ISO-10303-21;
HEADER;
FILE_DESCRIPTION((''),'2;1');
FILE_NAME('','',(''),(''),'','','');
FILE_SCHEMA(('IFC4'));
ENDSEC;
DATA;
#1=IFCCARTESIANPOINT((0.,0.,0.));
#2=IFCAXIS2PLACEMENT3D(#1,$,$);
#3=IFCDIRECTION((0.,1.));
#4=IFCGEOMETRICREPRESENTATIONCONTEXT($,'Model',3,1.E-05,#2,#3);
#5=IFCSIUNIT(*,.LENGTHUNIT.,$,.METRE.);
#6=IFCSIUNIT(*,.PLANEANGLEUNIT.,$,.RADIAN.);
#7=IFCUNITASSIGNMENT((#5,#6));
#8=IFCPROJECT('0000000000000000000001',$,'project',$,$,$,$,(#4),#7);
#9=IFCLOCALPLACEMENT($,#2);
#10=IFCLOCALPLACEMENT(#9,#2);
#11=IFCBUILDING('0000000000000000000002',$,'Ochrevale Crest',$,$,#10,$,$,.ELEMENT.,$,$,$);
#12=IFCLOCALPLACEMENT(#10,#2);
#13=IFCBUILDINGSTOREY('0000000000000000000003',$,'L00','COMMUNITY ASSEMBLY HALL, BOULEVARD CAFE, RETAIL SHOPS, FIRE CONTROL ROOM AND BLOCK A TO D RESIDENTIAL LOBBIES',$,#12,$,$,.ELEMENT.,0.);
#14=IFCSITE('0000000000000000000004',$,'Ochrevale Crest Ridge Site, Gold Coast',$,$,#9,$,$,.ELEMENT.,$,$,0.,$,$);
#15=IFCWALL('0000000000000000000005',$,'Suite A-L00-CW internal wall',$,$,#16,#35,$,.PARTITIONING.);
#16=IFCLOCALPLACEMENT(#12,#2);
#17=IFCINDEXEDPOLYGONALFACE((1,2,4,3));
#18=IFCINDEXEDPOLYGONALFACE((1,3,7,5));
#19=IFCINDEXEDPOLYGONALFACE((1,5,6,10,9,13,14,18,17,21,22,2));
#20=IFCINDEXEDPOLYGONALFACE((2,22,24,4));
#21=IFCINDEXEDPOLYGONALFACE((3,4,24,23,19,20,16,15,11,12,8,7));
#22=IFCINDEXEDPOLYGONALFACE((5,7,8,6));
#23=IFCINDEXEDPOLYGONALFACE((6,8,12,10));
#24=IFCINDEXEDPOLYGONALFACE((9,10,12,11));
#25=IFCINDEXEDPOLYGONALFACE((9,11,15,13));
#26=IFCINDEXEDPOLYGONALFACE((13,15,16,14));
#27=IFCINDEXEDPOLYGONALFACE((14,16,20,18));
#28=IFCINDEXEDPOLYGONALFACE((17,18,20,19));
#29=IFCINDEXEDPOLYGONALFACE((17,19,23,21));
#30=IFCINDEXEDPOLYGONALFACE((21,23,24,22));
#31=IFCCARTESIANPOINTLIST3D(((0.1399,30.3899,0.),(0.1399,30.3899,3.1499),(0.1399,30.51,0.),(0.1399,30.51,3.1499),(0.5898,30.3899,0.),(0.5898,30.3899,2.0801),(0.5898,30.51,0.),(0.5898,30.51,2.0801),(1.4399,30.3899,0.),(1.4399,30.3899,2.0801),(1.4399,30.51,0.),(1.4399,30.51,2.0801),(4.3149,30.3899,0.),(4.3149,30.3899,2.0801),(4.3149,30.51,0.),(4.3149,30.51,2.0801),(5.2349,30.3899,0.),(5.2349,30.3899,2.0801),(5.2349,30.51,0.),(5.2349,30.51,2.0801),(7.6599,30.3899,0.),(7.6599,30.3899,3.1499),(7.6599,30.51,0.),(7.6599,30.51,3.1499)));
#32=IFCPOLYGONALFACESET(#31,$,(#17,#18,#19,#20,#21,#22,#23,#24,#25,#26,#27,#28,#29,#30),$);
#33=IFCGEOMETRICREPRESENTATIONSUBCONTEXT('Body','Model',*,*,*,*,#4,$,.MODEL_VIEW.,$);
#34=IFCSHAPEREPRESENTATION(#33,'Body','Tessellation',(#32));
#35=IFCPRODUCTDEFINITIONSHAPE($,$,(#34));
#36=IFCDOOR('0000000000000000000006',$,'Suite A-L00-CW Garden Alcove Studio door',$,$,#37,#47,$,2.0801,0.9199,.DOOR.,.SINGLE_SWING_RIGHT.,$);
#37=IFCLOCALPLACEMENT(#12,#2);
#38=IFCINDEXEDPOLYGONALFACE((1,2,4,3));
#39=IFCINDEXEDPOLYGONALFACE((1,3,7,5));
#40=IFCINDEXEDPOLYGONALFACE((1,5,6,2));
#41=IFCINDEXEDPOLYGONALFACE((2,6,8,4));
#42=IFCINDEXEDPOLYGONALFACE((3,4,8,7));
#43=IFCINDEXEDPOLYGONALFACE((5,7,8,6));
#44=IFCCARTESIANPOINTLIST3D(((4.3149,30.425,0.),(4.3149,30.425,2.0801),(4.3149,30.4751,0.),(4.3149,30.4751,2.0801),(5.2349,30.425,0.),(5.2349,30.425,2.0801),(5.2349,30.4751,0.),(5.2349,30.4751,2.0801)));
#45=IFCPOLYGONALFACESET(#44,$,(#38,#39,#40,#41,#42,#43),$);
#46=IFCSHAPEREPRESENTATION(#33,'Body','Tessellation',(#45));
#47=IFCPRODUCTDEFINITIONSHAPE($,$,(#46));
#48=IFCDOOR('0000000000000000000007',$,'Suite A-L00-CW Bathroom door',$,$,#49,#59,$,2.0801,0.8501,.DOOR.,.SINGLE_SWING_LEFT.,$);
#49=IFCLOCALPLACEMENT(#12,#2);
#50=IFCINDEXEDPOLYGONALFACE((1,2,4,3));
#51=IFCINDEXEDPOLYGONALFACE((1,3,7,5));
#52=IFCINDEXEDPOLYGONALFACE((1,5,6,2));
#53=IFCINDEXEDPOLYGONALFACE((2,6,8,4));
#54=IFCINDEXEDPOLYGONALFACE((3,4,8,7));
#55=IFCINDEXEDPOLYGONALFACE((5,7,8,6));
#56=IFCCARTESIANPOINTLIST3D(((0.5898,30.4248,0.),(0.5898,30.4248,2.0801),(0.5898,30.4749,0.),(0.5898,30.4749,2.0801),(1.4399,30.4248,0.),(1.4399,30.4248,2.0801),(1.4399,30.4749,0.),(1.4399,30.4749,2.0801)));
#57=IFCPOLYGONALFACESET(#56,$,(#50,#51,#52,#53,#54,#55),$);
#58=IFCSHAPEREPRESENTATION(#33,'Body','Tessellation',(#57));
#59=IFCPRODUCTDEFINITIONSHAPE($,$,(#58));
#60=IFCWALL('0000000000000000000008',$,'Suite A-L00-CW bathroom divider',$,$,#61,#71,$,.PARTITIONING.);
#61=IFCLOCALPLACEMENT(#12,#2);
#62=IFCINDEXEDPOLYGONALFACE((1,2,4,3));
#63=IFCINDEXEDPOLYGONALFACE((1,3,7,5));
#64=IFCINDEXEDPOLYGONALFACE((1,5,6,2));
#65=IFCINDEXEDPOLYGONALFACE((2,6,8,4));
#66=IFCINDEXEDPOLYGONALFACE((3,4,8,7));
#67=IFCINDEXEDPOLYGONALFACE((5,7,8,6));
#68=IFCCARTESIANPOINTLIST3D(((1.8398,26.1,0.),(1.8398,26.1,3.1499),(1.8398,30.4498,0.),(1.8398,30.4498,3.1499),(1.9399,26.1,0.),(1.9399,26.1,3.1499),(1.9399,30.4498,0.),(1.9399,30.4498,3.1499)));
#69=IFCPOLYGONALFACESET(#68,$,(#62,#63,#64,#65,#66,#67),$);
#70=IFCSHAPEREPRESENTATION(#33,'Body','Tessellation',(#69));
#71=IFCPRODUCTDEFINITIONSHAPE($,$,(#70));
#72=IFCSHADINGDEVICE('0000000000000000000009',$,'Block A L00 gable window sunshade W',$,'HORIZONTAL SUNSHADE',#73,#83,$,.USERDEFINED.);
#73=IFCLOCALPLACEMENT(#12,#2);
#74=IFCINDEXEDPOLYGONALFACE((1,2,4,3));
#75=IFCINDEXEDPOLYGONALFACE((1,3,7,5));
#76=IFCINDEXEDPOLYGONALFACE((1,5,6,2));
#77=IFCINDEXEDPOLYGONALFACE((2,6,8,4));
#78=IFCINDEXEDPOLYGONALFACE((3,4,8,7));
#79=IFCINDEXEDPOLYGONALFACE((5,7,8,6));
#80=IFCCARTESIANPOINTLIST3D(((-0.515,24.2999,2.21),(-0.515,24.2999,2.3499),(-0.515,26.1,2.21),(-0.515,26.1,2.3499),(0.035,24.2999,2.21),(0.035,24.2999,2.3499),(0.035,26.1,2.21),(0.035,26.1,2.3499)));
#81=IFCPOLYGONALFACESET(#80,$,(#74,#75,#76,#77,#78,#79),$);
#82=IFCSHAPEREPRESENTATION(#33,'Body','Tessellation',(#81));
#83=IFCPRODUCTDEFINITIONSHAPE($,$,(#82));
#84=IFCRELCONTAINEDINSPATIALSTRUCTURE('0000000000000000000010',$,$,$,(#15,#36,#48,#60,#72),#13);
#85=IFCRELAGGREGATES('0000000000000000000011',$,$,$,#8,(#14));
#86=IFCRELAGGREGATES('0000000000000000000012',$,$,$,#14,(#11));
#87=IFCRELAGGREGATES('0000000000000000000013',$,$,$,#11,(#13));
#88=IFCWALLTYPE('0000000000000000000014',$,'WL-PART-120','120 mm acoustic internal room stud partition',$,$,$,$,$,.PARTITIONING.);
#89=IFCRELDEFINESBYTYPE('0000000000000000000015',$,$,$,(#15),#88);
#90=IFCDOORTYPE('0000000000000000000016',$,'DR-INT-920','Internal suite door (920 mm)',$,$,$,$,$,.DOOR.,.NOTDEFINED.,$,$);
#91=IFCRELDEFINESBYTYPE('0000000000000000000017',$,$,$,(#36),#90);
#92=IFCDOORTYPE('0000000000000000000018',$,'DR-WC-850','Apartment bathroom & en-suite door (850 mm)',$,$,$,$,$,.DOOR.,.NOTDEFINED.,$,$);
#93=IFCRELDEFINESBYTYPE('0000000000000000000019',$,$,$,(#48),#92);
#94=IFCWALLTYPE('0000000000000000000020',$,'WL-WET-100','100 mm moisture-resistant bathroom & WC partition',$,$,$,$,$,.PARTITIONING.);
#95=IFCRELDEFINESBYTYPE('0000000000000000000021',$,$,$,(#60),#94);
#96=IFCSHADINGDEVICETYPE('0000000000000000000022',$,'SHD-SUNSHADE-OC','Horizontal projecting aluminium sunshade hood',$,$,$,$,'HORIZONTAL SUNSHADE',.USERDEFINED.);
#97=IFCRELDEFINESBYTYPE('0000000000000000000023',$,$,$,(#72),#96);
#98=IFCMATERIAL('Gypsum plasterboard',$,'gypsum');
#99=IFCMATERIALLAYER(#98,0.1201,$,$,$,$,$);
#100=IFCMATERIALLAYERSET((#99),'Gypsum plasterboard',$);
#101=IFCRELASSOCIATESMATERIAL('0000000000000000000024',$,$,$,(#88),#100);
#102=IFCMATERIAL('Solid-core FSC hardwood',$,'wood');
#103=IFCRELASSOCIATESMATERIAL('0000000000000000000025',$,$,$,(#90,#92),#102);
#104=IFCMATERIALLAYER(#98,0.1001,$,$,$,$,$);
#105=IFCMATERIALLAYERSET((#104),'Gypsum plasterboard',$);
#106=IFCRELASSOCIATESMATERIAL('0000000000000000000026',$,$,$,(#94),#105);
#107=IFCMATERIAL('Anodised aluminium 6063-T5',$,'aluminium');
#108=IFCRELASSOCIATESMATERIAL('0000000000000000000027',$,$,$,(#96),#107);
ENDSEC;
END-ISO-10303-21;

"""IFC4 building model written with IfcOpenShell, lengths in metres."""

from ifc_helpers import new_model, si_unit, direction, frame, frame_2d, origin, origin_2d, place, context, subcontext, project, spatial, rectangle, extrude, material, layer, layer_set, type_object, element, fill, save


model = new_model("IFC4")

# Units and contexts
model_context = context("Model", 3, precision=1e-05, world=origin(), true_north=direction((0.0, 1.0)))
body_context = subcontext(model_context, "Body", "Model", "MODEL_VIEW")
ifc_project = project(units=[si_unit("LENGTHUNIT", "METRE"), si_unit("PLANEANGLEUNIT", "RADIAN")], contexts=[model_context])

# Site, building, storey
site_placement = place(None, origin())
site = spatial("IfcSite", under=ifc_project, at=site_placement, Name="Ochrevale Crest Ridge Site, Gold Coast", CompositionType="ELEMENT", RefElevation=0.0)
building_placement = place(site_placement, origin())
building = spatial("IfcBuilding", under=site, at=building_placement, Name="Ochrevale Crest", CompositionType="ELEMENT")
storey_placement = place(building_placement, origin())
storey = spatial("IfcBuildingStorey", under=building, at=storey_placement, Name="L00", Description="COMMUNITY ASSEMBLY HALL, BOULEVARD CAFE, RETAIL SHOPS, FIRE CONTROL ROOM AND BLOCK A TO D RESIDENTIAL LOBBIES", CompositionType="ELEMENT", Elevation=0.0)

# Shared definitions
ifc_material_1 = material(Name="Gypsum plasterboard", Category="gypsum")
ifc_material_2 = material(Name="Solid-core FSC hardwood", Category="wood")

# Wall, openings, doors
ifc_layer_1 = layer(ifc_material_1, 0.1201)
ifc_layer_set_1 = layer_set([ifc_layer_1], Name="Gypsum plasterboard")
wall_type_1 = type_object("IfcWallType", Name="WL-PART-120", Description="120 mm acoustic internal room stud partition", PredefinedType="PARTITIONING", material=ifc_layer_set_1)
wall_1_placement = place(storey_placement, frame((0.1399, 30.45, 0.0), z_axis=(0.0, 0.0, 1.0), x_axis=(1.0, 0.0, 0.0)))
wall_1 = element("IfcWall", 1, at=wall_1_placement, inside=storey, type_object=wall_type_1, Name="Suite A-L00-CW internal wall", PredefinedType="PARTITIONING", context=body_context, shape_type="SweptSolid", body=[
    extrude(rectangle(XDim=7.52, YDim=0.1201, at=frame_2d((3.76, 0.0))), origin(), (0.0, 0.0, 1.0), 3.1499),
])
opening_1_placement = place(wall_1_placement, frame((0.45, 0.0, 0.0)))
opening_1 = element("IfcOpeningElement", 2, at=opening_1_placement, cuts=wall_1, PredefinedType="OPENING", context=body_context, shape_type="SweptSolid", body=[
    extrude(rectangle(XDim=0.8501, YDim=2.0801, at=frame_2d((0.425, 1.04))), frame((0.0, 0.0701, 0.0), z_axis=(0.0, -1.0, 0.0), x_axis=(1.0, 0.0, 0.0)), (0.0, 0.0, 1.0), 0.1401),
])
opening_2_placement = place(wall_1_placement, frame((5.095, 0.0, 0.0), z_axis=(0.0, 0.0, 1.0), x_axis=(-1.0, 0.0, 0.0)))
opening_2 = element("IfcOpeningElement", 3, at=opening_2_placement, cuts=wall_1, PredefinedType="OPENING", context=body_context, shape_type="SweptSolid", body=[
    extrude(rectangle(XDim=0.9199, YDim=2.0801, at=frame_2d((0.46, 1.04))), frame((0.0, 0.0701, 0.0), z_axis=(0.0, -1.0, 0.0), x_axis=(1.0, 0.0, 0.0)), (0.0, 0.0, 1.0), 0.1401),
])
door_type_1 = type_object("IfcDoorType", Name="DR-INT-920", Description="Internal suite door (920 mm)", OperationType="NOTDEFINED", PredefinedType="DOOR", material=ifc_material_2)
door_1_placement = place(opening_2_placement, origin())
door_1 = element("IfcDoor", 4, at=door_1_placement, inside=storey, type_object=door_type_1, Name="Suite A-L00-CW Garden Alcove Studio door", OperationType="SINGLE_SWING_RIGHT", OverallHeight=2.0801, OverallWidth=0.9199, PredefinedType="DOOR", context=body_context, shape_type="SweptSolid", body=[
    extrude(rectangle(XDim=0.9199, YDim=2.0801, at=frame_2d((0.46, 1.04))), frame((0.0, 0.0249, 0.0), z_axis=(0.0, -1.0, 0.0), x_axis=(1.0, 0.0, 0.0)), (0.0, 0.0, 1.0), 0.05),
])
fill(opening_2, door_1)
door_type_2 = type_object("IfcDoorType", Name="DR-WC-850", Description="Apartment bathroom & en-suite door (850 mm)", OperationType="NOTDEFINED", PredefinedType="DOOR", material=ifc_material_2)
door_2_placement = place(opening_1_placement, origin())
door_2 = element("IfcDoor", 5, at=door_2_placement, inside=storey, type_object=door_type_2, Name="Suite A-L00-CW Bathroom door", OperationType="SINGLE_SWING_LEFT", OverallHeight=2.0801, OverallWidth=0.8501, PredefinedType="DOOR", context=body_context, shape_type="SweptSolid", body=[
    extrude(rectangle(XDim=0.8501, YDim=2.0801, at=frame_2d((0.425, 1.04))), frame((0.0, 0.0249, 0.0), z_axis=(0.0, -1.0, 0.0), x_axis=(1.0, 0.0, 0.0)), (0.0, 0.0, 1.0), 0.05),
])
fill(opening_1, door_2)

# Wall
ifc_layer_2 = layer(ifc_material_1, 0.1001)
ifc_layer_set_2 = layer_set([ifc_layer_2], Name="Gypsum plasterboard")
wall_type_2 = type_object("IfcWallType", Name="WL-WET-100", Description="100 mm moisture-resistant bathroom & WC partition", PredefinedType="PARTITIONING", material=ifc_layer_set_2)
wall_2_placement = place(storey_placement, frame((1.8899, 26.1001, 0.0), z_axis=(0.0, 0.0, 1.0), x_axis=(0.0, 1.0, 0.0)))
element("IfcWall", 6, at=wall_2_placement, inside=storey, type_object=wall_type_2, Name="Suite A-L00-CW bathroom divider", PredefinedType="PARTITIONING", context=body_context, shape_type="SweptSolid", body=[
    extrude(rectangle(XDim=4.3499, YDim=0.1001, at=frame_2d((2.1748, 0.0))), origin(), (0.0, 0.0, 1.0), 3.1499),
])

# Shading device
ifc_material_3 = material(Name="Anodised aluminium 6063-T5", Category="aluminium")
shading_device_type = type_object("IfcShadingDeviceType", Name="SHD-SUNSHADE-OC", Description="Horizontal projecting aluminium sunshade hood", ElementType="HORIZONTAL SUNSHADE", PredefinedType="USERDEFINED", material=ifc_material_3)
shading_device_placement = place(storey_placement, frame((-0.24, 25.2, 2.21), z_axis=(0.0, 0.0, 1.0), x_axis=(1.0, 0.0, 0.0)))
element("IfcShadingDevice", 7, at=shading_device_placement, inside=storey, type_object=shading_device_type, Name="Block A L00 gable window sunshade W", ObjectType="HORIZONTAL SUNSHADE", PredefinedType="USERDEFINED", context=body_context, shape_type="SweptSolid", body=[
    extrude(rectangle(XDim=0.55, YDim=1.8, at=origin_2d()), origin(), (0.0, 0.0, 1.0), 0.1399),
])

save(model, "model.ifc")
